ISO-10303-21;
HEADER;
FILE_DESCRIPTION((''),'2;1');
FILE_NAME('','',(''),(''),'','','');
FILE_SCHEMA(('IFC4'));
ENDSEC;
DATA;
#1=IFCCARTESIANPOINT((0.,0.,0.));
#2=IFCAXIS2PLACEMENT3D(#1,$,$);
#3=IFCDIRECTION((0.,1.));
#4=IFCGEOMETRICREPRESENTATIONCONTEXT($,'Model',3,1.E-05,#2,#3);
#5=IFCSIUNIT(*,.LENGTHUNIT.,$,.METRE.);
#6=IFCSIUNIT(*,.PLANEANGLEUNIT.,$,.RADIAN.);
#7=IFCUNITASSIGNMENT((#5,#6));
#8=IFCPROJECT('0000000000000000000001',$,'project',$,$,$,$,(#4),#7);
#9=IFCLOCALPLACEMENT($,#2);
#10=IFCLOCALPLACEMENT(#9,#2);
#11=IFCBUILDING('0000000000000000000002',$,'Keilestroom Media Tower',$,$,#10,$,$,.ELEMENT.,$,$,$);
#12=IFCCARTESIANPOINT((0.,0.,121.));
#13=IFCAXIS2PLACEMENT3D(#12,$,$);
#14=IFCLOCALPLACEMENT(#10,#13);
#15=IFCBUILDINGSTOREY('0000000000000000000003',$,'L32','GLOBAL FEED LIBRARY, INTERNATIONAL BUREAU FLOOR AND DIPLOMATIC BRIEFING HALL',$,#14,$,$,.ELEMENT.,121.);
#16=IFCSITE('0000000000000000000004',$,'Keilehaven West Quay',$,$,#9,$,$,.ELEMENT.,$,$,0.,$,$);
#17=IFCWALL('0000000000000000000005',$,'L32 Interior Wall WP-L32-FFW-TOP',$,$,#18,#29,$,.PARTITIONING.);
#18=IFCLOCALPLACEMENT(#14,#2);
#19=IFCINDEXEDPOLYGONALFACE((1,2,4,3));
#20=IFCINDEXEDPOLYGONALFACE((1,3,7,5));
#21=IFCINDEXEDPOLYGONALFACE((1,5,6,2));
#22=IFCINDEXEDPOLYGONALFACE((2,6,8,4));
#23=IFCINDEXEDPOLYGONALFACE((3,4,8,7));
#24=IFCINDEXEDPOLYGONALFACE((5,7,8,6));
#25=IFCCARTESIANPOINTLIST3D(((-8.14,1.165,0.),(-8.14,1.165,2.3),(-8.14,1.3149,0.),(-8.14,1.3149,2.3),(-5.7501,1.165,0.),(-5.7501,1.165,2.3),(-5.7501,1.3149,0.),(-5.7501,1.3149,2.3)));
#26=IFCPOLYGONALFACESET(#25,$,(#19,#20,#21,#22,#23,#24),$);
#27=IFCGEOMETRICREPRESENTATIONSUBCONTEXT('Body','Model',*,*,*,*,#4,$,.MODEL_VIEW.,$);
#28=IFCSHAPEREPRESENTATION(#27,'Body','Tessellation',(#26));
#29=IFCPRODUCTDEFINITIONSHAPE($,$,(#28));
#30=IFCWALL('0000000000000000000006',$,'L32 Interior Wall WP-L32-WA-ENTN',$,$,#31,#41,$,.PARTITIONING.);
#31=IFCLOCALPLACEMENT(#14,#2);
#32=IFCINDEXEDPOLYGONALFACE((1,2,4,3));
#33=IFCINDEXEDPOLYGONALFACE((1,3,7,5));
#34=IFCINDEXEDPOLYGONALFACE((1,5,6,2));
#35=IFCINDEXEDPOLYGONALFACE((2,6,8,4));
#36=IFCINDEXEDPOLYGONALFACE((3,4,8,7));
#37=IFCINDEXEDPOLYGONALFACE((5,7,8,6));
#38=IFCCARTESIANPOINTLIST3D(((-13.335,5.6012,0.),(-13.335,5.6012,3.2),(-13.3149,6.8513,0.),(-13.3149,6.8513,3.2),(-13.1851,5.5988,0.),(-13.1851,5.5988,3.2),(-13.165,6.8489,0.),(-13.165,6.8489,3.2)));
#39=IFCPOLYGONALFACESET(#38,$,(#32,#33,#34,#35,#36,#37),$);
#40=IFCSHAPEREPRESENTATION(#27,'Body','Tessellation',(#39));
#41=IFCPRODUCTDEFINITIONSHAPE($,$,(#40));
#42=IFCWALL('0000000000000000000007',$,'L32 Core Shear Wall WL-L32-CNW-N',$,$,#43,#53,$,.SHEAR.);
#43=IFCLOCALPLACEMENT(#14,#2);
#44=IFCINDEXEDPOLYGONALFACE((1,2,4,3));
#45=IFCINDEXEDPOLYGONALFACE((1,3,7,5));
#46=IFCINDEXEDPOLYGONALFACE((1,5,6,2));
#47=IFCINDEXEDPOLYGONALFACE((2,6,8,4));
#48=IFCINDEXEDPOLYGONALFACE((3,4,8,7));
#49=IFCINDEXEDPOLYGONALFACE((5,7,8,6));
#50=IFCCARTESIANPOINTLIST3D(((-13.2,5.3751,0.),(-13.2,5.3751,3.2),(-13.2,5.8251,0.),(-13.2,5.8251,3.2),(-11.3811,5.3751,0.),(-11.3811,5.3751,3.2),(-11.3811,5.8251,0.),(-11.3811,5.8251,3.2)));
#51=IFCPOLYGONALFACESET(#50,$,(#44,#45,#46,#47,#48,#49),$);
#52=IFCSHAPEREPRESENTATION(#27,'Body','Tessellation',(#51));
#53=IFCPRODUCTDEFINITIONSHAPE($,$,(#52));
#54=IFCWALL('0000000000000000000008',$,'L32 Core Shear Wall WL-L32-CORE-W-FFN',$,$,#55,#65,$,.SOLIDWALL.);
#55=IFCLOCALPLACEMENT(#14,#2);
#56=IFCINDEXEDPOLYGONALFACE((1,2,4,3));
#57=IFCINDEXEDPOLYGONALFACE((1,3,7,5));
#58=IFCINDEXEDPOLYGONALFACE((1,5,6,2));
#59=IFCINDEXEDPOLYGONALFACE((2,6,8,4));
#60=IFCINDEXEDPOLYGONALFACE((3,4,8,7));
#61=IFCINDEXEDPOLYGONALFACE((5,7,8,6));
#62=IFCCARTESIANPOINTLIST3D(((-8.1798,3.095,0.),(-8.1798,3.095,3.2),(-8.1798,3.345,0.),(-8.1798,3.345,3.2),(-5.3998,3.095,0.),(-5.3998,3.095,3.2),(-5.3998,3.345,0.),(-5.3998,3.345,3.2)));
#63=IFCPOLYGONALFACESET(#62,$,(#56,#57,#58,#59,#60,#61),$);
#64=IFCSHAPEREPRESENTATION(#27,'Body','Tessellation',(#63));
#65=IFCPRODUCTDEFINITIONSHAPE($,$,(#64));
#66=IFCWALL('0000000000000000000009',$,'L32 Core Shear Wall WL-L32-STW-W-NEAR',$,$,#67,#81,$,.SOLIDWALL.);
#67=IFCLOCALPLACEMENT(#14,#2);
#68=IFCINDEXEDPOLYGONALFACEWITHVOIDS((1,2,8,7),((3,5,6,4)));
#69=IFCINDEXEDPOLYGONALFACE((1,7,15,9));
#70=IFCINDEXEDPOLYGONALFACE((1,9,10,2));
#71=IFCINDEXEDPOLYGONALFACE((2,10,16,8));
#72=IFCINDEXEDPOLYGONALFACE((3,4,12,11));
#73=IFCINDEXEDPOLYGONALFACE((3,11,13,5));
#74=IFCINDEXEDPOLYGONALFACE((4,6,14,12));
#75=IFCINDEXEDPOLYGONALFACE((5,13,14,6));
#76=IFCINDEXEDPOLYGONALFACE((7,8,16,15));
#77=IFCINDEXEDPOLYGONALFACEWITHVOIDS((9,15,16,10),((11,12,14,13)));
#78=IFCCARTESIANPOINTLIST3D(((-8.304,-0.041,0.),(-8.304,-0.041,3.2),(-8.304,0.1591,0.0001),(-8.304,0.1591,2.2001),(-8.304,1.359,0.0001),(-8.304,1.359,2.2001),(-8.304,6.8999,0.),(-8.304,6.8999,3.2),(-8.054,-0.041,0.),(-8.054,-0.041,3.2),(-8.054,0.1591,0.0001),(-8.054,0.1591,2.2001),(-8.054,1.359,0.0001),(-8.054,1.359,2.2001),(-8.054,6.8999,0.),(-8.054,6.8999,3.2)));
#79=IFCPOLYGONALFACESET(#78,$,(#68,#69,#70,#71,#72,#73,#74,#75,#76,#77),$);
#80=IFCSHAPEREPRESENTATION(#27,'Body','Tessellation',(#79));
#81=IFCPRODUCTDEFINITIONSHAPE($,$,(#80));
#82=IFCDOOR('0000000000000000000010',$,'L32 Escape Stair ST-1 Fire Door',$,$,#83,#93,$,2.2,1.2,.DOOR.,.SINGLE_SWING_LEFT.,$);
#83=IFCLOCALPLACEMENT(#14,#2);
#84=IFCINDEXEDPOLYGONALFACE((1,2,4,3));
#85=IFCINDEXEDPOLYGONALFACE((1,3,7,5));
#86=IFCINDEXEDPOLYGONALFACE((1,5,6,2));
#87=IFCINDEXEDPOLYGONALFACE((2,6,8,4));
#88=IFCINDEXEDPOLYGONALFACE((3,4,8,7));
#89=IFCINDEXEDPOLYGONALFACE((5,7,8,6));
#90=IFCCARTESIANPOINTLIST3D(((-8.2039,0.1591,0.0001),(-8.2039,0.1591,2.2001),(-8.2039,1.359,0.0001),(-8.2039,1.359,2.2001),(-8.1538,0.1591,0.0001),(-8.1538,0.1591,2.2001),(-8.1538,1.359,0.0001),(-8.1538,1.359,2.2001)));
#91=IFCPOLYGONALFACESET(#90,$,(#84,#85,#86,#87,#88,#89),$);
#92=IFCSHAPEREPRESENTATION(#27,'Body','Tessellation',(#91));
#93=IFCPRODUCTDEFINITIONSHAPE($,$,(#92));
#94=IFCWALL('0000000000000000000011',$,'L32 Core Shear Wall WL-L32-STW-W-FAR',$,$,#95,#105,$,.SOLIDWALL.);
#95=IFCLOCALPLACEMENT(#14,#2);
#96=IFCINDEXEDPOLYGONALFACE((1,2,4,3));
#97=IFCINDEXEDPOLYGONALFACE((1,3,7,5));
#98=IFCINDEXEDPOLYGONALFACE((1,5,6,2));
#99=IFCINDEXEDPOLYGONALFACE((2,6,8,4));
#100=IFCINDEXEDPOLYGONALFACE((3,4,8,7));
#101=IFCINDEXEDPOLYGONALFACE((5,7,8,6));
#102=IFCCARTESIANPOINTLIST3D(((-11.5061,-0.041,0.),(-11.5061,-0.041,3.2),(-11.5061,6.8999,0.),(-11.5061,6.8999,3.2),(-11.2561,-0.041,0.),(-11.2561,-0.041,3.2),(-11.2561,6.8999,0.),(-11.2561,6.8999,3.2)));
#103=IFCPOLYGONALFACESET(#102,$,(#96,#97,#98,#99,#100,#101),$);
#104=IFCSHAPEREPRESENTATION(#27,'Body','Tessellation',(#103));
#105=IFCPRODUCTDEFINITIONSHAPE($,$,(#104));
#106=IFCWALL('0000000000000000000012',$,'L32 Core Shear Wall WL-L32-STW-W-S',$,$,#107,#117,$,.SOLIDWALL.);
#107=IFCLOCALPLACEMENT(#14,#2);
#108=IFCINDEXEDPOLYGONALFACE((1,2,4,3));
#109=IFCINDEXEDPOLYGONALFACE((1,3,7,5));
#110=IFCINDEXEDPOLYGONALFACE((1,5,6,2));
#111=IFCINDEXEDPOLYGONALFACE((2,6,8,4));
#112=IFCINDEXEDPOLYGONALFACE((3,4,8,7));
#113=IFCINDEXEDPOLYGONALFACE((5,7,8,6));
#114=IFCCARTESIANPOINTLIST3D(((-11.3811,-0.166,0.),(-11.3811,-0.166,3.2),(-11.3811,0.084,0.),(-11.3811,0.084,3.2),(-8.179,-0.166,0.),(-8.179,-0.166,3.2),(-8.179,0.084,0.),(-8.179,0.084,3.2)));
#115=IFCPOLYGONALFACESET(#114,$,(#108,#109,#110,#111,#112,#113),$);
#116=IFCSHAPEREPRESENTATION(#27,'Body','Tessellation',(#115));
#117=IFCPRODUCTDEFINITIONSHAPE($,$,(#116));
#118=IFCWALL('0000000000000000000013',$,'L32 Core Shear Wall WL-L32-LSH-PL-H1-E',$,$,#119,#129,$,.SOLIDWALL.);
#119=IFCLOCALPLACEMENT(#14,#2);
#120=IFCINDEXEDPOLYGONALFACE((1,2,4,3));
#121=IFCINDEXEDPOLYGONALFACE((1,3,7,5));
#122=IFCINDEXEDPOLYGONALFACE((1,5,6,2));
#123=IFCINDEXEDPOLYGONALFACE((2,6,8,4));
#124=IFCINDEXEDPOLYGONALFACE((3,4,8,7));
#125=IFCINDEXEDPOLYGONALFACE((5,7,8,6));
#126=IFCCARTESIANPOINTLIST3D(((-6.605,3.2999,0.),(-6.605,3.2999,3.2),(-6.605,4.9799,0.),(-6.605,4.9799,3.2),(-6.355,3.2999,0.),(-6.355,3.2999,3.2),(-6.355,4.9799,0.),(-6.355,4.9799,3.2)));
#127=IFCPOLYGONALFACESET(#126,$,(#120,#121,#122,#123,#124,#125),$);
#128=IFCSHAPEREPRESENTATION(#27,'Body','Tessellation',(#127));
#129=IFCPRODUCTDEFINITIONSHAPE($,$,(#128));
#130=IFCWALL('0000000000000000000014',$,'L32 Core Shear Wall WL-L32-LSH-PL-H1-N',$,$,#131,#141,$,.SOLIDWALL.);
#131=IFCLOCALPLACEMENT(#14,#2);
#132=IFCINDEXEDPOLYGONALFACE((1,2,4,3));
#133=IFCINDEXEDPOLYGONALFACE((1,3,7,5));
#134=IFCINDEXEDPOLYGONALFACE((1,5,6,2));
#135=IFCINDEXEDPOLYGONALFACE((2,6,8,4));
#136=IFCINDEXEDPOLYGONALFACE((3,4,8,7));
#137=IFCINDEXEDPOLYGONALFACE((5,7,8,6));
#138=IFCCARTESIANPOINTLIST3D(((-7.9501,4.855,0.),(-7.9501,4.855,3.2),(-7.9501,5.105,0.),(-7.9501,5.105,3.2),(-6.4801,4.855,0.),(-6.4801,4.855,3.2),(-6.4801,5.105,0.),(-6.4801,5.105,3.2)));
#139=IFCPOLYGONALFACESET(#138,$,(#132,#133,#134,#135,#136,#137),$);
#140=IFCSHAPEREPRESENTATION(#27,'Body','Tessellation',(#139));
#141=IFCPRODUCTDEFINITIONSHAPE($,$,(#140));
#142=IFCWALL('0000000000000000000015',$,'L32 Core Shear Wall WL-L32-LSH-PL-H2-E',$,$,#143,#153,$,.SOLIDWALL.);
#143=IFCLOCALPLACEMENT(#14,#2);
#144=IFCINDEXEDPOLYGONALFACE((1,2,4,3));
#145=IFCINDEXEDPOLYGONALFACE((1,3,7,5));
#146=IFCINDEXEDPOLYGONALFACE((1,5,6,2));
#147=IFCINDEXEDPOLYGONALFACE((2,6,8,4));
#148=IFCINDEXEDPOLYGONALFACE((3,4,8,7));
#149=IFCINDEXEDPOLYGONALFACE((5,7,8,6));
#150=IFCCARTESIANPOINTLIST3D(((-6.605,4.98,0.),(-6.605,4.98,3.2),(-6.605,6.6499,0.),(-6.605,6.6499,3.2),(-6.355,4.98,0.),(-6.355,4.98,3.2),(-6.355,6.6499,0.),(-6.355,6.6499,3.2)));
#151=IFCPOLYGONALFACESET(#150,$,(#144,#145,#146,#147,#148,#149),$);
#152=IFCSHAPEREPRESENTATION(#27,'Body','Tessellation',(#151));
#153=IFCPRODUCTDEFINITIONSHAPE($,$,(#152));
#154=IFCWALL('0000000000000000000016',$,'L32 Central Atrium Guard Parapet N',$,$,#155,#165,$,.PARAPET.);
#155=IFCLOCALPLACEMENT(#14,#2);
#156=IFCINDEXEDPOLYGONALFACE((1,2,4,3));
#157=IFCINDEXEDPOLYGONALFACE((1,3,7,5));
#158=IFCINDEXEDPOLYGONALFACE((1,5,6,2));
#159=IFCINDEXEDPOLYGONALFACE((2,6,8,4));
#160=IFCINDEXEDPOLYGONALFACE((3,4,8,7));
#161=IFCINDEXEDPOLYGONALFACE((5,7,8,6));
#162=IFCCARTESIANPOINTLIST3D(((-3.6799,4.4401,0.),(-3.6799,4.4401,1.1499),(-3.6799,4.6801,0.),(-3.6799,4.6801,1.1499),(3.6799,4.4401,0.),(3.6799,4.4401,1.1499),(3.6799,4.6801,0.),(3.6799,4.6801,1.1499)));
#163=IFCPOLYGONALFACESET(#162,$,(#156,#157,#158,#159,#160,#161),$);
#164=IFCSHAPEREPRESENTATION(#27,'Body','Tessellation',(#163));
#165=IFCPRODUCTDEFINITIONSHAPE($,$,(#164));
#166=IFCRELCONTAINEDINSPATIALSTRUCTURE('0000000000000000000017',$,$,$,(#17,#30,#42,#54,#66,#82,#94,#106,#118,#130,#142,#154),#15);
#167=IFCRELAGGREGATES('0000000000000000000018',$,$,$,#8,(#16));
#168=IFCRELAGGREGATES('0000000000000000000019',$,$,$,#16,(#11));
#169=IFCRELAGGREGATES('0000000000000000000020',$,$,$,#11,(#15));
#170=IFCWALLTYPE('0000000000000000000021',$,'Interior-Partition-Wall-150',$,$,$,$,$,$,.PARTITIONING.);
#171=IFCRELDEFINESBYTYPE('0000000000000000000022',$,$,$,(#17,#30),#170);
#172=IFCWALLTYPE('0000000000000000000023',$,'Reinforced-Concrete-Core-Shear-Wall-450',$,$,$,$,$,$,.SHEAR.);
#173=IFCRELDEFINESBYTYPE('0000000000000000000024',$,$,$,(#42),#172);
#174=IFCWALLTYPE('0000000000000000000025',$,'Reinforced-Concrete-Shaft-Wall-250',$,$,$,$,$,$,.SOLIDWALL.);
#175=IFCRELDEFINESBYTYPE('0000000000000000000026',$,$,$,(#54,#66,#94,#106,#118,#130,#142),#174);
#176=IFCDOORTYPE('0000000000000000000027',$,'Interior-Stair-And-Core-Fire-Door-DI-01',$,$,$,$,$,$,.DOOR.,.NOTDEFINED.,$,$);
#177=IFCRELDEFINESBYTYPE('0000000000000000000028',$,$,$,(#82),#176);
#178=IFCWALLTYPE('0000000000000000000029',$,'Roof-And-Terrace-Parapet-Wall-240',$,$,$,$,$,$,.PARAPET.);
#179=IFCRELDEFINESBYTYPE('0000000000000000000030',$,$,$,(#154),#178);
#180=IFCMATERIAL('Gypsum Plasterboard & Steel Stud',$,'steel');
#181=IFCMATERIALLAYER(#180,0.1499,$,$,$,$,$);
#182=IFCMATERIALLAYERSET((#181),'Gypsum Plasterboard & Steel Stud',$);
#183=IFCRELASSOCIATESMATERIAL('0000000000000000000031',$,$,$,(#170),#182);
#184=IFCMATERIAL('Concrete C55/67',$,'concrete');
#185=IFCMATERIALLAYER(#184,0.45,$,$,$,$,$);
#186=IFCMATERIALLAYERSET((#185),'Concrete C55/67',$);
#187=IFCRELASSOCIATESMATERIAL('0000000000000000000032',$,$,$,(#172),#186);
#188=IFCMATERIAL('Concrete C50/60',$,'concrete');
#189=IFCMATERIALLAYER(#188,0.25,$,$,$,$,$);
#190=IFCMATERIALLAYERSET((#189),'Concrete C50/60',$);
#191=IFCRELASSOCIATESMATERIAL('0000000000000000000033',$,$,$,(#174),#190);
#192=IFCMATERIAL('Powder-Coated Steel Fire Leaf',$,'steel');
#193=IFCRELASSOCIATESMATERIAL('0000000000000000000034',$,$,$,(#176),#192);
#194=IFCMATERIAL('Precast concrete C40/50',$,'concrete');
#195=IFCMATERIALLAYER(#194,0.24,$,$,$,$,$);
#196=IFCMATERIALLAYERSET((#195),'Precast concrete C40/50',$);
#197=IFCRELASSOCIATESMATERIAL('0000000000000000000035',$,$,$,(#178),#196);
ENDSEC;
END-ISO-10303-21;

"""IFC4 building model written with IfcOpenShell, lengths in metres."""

from ifc_helpers import new_model, si_unit, direction, frame, frame_2d, origin, place, context, subcontext, project, spatial, rectangle, extrude, source, transform, mapped, material, layer, layer_set, type_object, element, fill, save


model = new_model("IFC4")

# Units and contexts
model_context = context("Model", 3, precision=1e-05, world=origin(), true_north=direction((0.0, 1.0)))
body_context = subcontext(model_context, "Body", "Model", "MODEL_VIEW")
ifc_project = project(units=[si_unit("LENGTHUNIT", "METRE"), si_unit("PLANEANGLEUNIT", "RADIAN")], contexts=[model_context])

# Site, building, storey
site_placement = place(None, origin())
site = spatial("IfcSite", under=ifc_project, at=site_placement, Name="Keilehaven West Quay", CompositionType="ELEMENT", RefElevation=0.0)
building_placement = place(site_placement, origin())
building = spatial("IfcBuilding", under=site, at=building_placement, Name="Keilestroom Media Tower", CompositionType="ELEMENT")
storey_placement = place(building_placement, frame((0.0, 0.0, 121.0)))
storey = spatial("IfcBuildingStorey", under=building, at=storey_placement, Name="L32", Description="GLOBAL FEED LIBRARY, INTERNATIONAL BUREAU FLOOR AND DIPLOMATIC BRIEFING HALL", CompositionType="ELEMENT", Elevation=121.0)

# Shared definitions
ifc_material_1 = material(Name="Concrete C50/60", Category="concrete")

# Walls
ifc_material_2 = material(Name="Gypsum Plasterboard & Steel Stud", Category="steel")
ifc_layer_1 = layer(ifc_material_2, 0.1499)
ifc_layer_set_1 = layer_set([ifc_layer_1], Name="Gypsum Plasterboard & Steel Stud")
wall_type_1 = type_object("IfcWallType", Name="Interior-Partition-Wall-150", PredefinedType="PARTITIONING", material=ifc_layer_set_1)
wall_1_placement = place(storey_placement, frame((-8.1399, 1.24, 0.0), z_axis=(0.0, 0.0, 1.0), x_axis=(1.0, 0.0, 0.0)))
element("IfcWall", 1, at=wall_1_placement, inside=storey, type_object=wall_type_1, Name="L32 Interior Wall WP-L32-FFW-TOP", PredefinedType="PARTITIONING", context=body_context, shape_type="SweptSolid", body=[
    extrude(rectangle(XDim=2.3899, YDim=0.1499, at=frame_2d((1.1948, 0.0))), origin(), (0.0, 0.0, 1.0), 2.3),
])
wall_2_placement = place(storey_placement, frame((-13.26, 5.6001, 0.0), z_axis=(0.0, 0.0, 1.0), x_axis=(0.016014, 0.999872, 0.0)))
element("IfcWall", 2, at=wall_2_placement, inside=storey, type_object=wall_type_1, Name="L32 Interior Wall WP-L32-WA-ENTN", PredefinedType="PARTITIONING", context=body_context, shape_type="SweptSolid", body=[
    extrude(rectangle(XDim=1.2502, YDim=0.1499, at=frame_2d((0.625, 0.0))), origin(), (0.0, 0.0, 1.0), 3.2),
])
ifc_material_3 = material(Name="Concrete C55/67", Category="concrete")
ifc_layer_2 = layer(ifc_material_3, 0.45)
ifc_layer_set_2 = layer_set([ifc_layer_2], Name="Concrete C55/67")
wall_type_2 = type_object("IfcWallType", Name="Reinforced-Concrete-Core-Shear-Wall-450", PredefinedType="SHEAR", material=ifc_layer_set_2)
wall_3_placement = place(storey_placement, frame((-13.2, 5.6001, 0.0), z_axis=(0.0, 0.0, 1.0), x_axis=(1.0, 0.0, 0.0)))
element("IfcWall", 3, at=wall_3_placement, inside=storey, type_object=wall_type_2, Name="L32 Core Shear Wall WL-L32-CNW-N", PredefinedType="SHEAR", context=body_context, shape_type="SweptSolid", body=[
    extrude(rectangle(XDim=1.8188, YDim=0.45, at=frame_2d((0.9094, 0.0))), origin(), (0.0, 0.0, 1.0), 3.2),
])
ifc_layer_3 = layer(ifc_material_1, 0.25)
ifc_layer_set_3 = layer_set([ifc_layer_3], Name="Concrete C50/60")
wall_type_3 = type_object("IfcWallType", Name="Reinforced-Concrete-Shaft-Wall-250", PredefinedType="SOLIDWALL", material=ifc_layer_set_3)
wall_4_placement = place(storey_placement, frame((-8.1799, 3.22, 0.0), z_axis=(0.0, 0.0, 1.0), x_axis=(1.0, 0.0, 0.0)))
element("IfcWall", 4, at=wall_4_placement, inside=storey, type_object=wall_type_3, Name="L32 Core Shear Wall WL-L32-CORE-W-FFN", PredefinedType="SOLIDWALL", context=body_context, shape_type="SweptSolid", body=[
    extrude(rectangle(XDim=2.78, YDim=0.25, at=frame_2d((1.3901, 0.0))), origin(), (0.0, 0.0, 1.0), 3.2),
])

# Wall, opening, door
wall_5_placement = place(storey_placement, frame((-8.179, -0.041, 0.0), z_axis=(0.0, 0.0, 1.0), x_axis=(0.0, 1.0, 0.0)))
wall_5 = element("IfcWall", 5, at=wall_5_placement, inside=storey, type_object=wall_type_3, Name="L32 Core Shear Wall WL-L32-STW-W-NEAR", PredefinedType="SOLIDWALL", context=body_context, shape_type="SweptSolid", body=[
    extrude(rectangle(XDim=6.9409, YDim=0.25, at=frame_2d((3.4705, 0.0))), origin(), (0.0, 0.0, 1.0), 3.2),
])
opening_placement = place(wall_5_placement, frame((0.2, 0.0, 0.0)))
opening = element("IfcOpeningElement", 6, at=opening_placement, cuts=wall_5, PredefinedType="OPENING", context=body_context, shape_type="SweptSolid", body=[
    extrude(rectangle(XDim=1.2, YDim=2.2, at=frame_2d((0.6001, 1.1001))), frame((0.0, 0.135, 0.0), z_axis=(0.0, -1.0, 0.0), x_axis=(1.0, 0.0, 0.0)), (0.0, 0.0, 1.0), 0.27),
])
ifc_material_4 = material(Name="Powder-Coated Steel Fire Leaf", Category="steel")
door_type = type_object("IfcDoorType", Name="Interior-Stair-And-Core-Fire-Door-DI-01", OperationType="NOTDEFINED", PredefinedType="DOOR", material=ifc_material_4)
shared_shape_1 = source(origin(), body_context, "Body", "SweptSolid", [
    extrude(rectangle(XDim=1.2, YDim=2.2, at=frame_2d((0.6001, 1.1001))), frame((0.0, 0.0249, 0.0), z_axis=(0.0, -1.0, 0.0), x_axis=(1.0, 0.0, 0.0)), (0.0, 0.0, 1.0), 0.05),
])
door_placement = place(opening_placement, origin())
door = element("IfcDoor", 7, at=door_placement, inside=storey, type_object=door_type, Name="L32 Escape Stair ST-1 Fire Door", OperationType="SINGLE_SWING_LEFT", OverallHeight=2.2, OverallWidth=1.2, PredefinedType="DOOR", context=body_context, shape_type="MappedRepresentation", body=[
    mapped(shared_shape_1, transform((0.0, 0.0, 0.0), x_axis=(1.0, 0.0, 0.0), y_axis=(0.0, 1.0, 0.0), z_axis=(0.0, 0.0, 1.0), scale=1.0)),
])
fill(opening, door)

# Walls
wall_6_placement = place(storey_placement, frame((-11.3811, -0.041, 0.0), z_axis=(0.0, 0.0, 1.0), x_axis=(0.0, 1.0, 0.0)))
element("IfcWall", 8, at=wall_6_placement, inside=storey, type_object=wall_type_3, Name="L32 Core Shear Wall WL-L32-STW-W-FAR", PredefinedType="SOLIDWALL", context=body_context, shape_type="SweptSolid", body=[
    extrude(rectangle(XDim=6.9409, YDim=0.25, at=frame_2d((3.4705, 0.0))), origin(), (0.0, 0.0, 1.0), 3.2),
])
wall_7_placement = place(storey_placement, frame((-11.3811, -0.041, 0.0), z_axis=(0.0, 0.0, 1.0), x_axis=(1.0, 0.0, 0.0)))
element("IfcWall", 9, at=wall_7_placement, inside=storey, type_object=wall_type_3, Name="L32 Core Shear Wall WL-L32-STW-W-S", PredefinedType="SOLIDWALL", context=body_context, shape_type="SweptSolid", body=[
    extrude(rectangle(XDim=3.2021, YDim=0.25, at=frame_2d((1.6011, 0.0))), origin(), (0.0, 0.0, 1.0), 3.2),
])
wall_8_placement = place(storey_placement, frame((-6.48, 3.3, 0.0), z_axis=(0.0, 0.0, 1.0), x_axis=(0.0, 1.0, 0.0)))
element("IfcWall", 10, at=wall_8_placement, inside=storey, type_object=wall_type_3, Name="L32 Core Shear Wall WL-L32-LSH-PL-H1-E", PredefinedType="SOLIDWALL", context=body_context, shape_type="SweptSolid", body=[
    extrude(rectangle(XDim=1.6799, YDim=0.25, at=frame_2d((0.8398, 0.0))), origin(), (0.0, 0.0, 1.0), 3.2),
])
wall_9_placement = place(storey_placement, frame((-7.95, 4.98, 0.0), z_axis=(0.0, 0.0, 1.0), x_axis=(1.0, 0.0, 0.0)))
element("IfcWall", 11, at=wall_9_placement, inside=storey, type_object=wall_type_3, Name="L32 Core Shear Wall WL-L32-LSH-PL-H1-N", PredefinedType="SOLIDWALL", context=body_context, shape_type="SweptSolid", body=[
    extrude(rectangle(XDim=1.47, YDim=0.25, at=frame_2d((0.7349, 0.0))), origin(), (0.0, 0.0, 1.0), 3.2),
])
wall_10_placement = place(storey_placement, frame((-6.48, 4.98, 0.0), z_axis=(0.0, 0.0, 1.0), x_axis=(0.0, 1.0, 0.0)))
element("IfcWall", 12, at=wall_10_placement, inside=storey, type_object=wall_type_3, Name="L32 Core Shear Wall WL-L32-LSH-PL-H2-E", PredefinedType="SOLIDWALL", context=body_context, shape_type="SweptSolid", body=[
    extrude(rectangle(XDim=1.6699, YDim=0.25, at=frame_2d((0.835, 0.0))), origin(), (0.0, 0.0, 1.0), 3.2),
])
ifc_material_5 = material(Name="Precast concrete C40/50", Category="concrete")
ifc_layer_4 = layer(ifc_material_5, 0.24)
ifc_layer_set_4 = layer_set([ifc_layer_4], Name="Precast concrete C40/50")
wall_type_4 = type_object("IfcWallType", Name="Roof-And-Terrace-Parapet-Wall-240", PredefinedType="PARAPET", material=ifc_layer_set_4)
wall_11_placement = place(storey_placement, frame((-3.6799, 4.5601, 0.0), z_axis=(0.0, 0.0, 1.0), x_axis=(1.0, 0.0, 0.0)))
element("IfcWall", 13, at=wall_11_placement, inside=storey, type_object=wall_type_4, Name="L32 Central Atrium Guard Parapet N", PredefinedType="PARAPET", context=body_context, shape_type="SweptSolid", body=[
    extrude(rectangle(XDim=7.3599, YDim=0.24, at=frame_2d((3.6799, 0.0))), origin(), (0.0, 0.0, 1.0), 1.1499),
])

save(model, "model.ifc")
